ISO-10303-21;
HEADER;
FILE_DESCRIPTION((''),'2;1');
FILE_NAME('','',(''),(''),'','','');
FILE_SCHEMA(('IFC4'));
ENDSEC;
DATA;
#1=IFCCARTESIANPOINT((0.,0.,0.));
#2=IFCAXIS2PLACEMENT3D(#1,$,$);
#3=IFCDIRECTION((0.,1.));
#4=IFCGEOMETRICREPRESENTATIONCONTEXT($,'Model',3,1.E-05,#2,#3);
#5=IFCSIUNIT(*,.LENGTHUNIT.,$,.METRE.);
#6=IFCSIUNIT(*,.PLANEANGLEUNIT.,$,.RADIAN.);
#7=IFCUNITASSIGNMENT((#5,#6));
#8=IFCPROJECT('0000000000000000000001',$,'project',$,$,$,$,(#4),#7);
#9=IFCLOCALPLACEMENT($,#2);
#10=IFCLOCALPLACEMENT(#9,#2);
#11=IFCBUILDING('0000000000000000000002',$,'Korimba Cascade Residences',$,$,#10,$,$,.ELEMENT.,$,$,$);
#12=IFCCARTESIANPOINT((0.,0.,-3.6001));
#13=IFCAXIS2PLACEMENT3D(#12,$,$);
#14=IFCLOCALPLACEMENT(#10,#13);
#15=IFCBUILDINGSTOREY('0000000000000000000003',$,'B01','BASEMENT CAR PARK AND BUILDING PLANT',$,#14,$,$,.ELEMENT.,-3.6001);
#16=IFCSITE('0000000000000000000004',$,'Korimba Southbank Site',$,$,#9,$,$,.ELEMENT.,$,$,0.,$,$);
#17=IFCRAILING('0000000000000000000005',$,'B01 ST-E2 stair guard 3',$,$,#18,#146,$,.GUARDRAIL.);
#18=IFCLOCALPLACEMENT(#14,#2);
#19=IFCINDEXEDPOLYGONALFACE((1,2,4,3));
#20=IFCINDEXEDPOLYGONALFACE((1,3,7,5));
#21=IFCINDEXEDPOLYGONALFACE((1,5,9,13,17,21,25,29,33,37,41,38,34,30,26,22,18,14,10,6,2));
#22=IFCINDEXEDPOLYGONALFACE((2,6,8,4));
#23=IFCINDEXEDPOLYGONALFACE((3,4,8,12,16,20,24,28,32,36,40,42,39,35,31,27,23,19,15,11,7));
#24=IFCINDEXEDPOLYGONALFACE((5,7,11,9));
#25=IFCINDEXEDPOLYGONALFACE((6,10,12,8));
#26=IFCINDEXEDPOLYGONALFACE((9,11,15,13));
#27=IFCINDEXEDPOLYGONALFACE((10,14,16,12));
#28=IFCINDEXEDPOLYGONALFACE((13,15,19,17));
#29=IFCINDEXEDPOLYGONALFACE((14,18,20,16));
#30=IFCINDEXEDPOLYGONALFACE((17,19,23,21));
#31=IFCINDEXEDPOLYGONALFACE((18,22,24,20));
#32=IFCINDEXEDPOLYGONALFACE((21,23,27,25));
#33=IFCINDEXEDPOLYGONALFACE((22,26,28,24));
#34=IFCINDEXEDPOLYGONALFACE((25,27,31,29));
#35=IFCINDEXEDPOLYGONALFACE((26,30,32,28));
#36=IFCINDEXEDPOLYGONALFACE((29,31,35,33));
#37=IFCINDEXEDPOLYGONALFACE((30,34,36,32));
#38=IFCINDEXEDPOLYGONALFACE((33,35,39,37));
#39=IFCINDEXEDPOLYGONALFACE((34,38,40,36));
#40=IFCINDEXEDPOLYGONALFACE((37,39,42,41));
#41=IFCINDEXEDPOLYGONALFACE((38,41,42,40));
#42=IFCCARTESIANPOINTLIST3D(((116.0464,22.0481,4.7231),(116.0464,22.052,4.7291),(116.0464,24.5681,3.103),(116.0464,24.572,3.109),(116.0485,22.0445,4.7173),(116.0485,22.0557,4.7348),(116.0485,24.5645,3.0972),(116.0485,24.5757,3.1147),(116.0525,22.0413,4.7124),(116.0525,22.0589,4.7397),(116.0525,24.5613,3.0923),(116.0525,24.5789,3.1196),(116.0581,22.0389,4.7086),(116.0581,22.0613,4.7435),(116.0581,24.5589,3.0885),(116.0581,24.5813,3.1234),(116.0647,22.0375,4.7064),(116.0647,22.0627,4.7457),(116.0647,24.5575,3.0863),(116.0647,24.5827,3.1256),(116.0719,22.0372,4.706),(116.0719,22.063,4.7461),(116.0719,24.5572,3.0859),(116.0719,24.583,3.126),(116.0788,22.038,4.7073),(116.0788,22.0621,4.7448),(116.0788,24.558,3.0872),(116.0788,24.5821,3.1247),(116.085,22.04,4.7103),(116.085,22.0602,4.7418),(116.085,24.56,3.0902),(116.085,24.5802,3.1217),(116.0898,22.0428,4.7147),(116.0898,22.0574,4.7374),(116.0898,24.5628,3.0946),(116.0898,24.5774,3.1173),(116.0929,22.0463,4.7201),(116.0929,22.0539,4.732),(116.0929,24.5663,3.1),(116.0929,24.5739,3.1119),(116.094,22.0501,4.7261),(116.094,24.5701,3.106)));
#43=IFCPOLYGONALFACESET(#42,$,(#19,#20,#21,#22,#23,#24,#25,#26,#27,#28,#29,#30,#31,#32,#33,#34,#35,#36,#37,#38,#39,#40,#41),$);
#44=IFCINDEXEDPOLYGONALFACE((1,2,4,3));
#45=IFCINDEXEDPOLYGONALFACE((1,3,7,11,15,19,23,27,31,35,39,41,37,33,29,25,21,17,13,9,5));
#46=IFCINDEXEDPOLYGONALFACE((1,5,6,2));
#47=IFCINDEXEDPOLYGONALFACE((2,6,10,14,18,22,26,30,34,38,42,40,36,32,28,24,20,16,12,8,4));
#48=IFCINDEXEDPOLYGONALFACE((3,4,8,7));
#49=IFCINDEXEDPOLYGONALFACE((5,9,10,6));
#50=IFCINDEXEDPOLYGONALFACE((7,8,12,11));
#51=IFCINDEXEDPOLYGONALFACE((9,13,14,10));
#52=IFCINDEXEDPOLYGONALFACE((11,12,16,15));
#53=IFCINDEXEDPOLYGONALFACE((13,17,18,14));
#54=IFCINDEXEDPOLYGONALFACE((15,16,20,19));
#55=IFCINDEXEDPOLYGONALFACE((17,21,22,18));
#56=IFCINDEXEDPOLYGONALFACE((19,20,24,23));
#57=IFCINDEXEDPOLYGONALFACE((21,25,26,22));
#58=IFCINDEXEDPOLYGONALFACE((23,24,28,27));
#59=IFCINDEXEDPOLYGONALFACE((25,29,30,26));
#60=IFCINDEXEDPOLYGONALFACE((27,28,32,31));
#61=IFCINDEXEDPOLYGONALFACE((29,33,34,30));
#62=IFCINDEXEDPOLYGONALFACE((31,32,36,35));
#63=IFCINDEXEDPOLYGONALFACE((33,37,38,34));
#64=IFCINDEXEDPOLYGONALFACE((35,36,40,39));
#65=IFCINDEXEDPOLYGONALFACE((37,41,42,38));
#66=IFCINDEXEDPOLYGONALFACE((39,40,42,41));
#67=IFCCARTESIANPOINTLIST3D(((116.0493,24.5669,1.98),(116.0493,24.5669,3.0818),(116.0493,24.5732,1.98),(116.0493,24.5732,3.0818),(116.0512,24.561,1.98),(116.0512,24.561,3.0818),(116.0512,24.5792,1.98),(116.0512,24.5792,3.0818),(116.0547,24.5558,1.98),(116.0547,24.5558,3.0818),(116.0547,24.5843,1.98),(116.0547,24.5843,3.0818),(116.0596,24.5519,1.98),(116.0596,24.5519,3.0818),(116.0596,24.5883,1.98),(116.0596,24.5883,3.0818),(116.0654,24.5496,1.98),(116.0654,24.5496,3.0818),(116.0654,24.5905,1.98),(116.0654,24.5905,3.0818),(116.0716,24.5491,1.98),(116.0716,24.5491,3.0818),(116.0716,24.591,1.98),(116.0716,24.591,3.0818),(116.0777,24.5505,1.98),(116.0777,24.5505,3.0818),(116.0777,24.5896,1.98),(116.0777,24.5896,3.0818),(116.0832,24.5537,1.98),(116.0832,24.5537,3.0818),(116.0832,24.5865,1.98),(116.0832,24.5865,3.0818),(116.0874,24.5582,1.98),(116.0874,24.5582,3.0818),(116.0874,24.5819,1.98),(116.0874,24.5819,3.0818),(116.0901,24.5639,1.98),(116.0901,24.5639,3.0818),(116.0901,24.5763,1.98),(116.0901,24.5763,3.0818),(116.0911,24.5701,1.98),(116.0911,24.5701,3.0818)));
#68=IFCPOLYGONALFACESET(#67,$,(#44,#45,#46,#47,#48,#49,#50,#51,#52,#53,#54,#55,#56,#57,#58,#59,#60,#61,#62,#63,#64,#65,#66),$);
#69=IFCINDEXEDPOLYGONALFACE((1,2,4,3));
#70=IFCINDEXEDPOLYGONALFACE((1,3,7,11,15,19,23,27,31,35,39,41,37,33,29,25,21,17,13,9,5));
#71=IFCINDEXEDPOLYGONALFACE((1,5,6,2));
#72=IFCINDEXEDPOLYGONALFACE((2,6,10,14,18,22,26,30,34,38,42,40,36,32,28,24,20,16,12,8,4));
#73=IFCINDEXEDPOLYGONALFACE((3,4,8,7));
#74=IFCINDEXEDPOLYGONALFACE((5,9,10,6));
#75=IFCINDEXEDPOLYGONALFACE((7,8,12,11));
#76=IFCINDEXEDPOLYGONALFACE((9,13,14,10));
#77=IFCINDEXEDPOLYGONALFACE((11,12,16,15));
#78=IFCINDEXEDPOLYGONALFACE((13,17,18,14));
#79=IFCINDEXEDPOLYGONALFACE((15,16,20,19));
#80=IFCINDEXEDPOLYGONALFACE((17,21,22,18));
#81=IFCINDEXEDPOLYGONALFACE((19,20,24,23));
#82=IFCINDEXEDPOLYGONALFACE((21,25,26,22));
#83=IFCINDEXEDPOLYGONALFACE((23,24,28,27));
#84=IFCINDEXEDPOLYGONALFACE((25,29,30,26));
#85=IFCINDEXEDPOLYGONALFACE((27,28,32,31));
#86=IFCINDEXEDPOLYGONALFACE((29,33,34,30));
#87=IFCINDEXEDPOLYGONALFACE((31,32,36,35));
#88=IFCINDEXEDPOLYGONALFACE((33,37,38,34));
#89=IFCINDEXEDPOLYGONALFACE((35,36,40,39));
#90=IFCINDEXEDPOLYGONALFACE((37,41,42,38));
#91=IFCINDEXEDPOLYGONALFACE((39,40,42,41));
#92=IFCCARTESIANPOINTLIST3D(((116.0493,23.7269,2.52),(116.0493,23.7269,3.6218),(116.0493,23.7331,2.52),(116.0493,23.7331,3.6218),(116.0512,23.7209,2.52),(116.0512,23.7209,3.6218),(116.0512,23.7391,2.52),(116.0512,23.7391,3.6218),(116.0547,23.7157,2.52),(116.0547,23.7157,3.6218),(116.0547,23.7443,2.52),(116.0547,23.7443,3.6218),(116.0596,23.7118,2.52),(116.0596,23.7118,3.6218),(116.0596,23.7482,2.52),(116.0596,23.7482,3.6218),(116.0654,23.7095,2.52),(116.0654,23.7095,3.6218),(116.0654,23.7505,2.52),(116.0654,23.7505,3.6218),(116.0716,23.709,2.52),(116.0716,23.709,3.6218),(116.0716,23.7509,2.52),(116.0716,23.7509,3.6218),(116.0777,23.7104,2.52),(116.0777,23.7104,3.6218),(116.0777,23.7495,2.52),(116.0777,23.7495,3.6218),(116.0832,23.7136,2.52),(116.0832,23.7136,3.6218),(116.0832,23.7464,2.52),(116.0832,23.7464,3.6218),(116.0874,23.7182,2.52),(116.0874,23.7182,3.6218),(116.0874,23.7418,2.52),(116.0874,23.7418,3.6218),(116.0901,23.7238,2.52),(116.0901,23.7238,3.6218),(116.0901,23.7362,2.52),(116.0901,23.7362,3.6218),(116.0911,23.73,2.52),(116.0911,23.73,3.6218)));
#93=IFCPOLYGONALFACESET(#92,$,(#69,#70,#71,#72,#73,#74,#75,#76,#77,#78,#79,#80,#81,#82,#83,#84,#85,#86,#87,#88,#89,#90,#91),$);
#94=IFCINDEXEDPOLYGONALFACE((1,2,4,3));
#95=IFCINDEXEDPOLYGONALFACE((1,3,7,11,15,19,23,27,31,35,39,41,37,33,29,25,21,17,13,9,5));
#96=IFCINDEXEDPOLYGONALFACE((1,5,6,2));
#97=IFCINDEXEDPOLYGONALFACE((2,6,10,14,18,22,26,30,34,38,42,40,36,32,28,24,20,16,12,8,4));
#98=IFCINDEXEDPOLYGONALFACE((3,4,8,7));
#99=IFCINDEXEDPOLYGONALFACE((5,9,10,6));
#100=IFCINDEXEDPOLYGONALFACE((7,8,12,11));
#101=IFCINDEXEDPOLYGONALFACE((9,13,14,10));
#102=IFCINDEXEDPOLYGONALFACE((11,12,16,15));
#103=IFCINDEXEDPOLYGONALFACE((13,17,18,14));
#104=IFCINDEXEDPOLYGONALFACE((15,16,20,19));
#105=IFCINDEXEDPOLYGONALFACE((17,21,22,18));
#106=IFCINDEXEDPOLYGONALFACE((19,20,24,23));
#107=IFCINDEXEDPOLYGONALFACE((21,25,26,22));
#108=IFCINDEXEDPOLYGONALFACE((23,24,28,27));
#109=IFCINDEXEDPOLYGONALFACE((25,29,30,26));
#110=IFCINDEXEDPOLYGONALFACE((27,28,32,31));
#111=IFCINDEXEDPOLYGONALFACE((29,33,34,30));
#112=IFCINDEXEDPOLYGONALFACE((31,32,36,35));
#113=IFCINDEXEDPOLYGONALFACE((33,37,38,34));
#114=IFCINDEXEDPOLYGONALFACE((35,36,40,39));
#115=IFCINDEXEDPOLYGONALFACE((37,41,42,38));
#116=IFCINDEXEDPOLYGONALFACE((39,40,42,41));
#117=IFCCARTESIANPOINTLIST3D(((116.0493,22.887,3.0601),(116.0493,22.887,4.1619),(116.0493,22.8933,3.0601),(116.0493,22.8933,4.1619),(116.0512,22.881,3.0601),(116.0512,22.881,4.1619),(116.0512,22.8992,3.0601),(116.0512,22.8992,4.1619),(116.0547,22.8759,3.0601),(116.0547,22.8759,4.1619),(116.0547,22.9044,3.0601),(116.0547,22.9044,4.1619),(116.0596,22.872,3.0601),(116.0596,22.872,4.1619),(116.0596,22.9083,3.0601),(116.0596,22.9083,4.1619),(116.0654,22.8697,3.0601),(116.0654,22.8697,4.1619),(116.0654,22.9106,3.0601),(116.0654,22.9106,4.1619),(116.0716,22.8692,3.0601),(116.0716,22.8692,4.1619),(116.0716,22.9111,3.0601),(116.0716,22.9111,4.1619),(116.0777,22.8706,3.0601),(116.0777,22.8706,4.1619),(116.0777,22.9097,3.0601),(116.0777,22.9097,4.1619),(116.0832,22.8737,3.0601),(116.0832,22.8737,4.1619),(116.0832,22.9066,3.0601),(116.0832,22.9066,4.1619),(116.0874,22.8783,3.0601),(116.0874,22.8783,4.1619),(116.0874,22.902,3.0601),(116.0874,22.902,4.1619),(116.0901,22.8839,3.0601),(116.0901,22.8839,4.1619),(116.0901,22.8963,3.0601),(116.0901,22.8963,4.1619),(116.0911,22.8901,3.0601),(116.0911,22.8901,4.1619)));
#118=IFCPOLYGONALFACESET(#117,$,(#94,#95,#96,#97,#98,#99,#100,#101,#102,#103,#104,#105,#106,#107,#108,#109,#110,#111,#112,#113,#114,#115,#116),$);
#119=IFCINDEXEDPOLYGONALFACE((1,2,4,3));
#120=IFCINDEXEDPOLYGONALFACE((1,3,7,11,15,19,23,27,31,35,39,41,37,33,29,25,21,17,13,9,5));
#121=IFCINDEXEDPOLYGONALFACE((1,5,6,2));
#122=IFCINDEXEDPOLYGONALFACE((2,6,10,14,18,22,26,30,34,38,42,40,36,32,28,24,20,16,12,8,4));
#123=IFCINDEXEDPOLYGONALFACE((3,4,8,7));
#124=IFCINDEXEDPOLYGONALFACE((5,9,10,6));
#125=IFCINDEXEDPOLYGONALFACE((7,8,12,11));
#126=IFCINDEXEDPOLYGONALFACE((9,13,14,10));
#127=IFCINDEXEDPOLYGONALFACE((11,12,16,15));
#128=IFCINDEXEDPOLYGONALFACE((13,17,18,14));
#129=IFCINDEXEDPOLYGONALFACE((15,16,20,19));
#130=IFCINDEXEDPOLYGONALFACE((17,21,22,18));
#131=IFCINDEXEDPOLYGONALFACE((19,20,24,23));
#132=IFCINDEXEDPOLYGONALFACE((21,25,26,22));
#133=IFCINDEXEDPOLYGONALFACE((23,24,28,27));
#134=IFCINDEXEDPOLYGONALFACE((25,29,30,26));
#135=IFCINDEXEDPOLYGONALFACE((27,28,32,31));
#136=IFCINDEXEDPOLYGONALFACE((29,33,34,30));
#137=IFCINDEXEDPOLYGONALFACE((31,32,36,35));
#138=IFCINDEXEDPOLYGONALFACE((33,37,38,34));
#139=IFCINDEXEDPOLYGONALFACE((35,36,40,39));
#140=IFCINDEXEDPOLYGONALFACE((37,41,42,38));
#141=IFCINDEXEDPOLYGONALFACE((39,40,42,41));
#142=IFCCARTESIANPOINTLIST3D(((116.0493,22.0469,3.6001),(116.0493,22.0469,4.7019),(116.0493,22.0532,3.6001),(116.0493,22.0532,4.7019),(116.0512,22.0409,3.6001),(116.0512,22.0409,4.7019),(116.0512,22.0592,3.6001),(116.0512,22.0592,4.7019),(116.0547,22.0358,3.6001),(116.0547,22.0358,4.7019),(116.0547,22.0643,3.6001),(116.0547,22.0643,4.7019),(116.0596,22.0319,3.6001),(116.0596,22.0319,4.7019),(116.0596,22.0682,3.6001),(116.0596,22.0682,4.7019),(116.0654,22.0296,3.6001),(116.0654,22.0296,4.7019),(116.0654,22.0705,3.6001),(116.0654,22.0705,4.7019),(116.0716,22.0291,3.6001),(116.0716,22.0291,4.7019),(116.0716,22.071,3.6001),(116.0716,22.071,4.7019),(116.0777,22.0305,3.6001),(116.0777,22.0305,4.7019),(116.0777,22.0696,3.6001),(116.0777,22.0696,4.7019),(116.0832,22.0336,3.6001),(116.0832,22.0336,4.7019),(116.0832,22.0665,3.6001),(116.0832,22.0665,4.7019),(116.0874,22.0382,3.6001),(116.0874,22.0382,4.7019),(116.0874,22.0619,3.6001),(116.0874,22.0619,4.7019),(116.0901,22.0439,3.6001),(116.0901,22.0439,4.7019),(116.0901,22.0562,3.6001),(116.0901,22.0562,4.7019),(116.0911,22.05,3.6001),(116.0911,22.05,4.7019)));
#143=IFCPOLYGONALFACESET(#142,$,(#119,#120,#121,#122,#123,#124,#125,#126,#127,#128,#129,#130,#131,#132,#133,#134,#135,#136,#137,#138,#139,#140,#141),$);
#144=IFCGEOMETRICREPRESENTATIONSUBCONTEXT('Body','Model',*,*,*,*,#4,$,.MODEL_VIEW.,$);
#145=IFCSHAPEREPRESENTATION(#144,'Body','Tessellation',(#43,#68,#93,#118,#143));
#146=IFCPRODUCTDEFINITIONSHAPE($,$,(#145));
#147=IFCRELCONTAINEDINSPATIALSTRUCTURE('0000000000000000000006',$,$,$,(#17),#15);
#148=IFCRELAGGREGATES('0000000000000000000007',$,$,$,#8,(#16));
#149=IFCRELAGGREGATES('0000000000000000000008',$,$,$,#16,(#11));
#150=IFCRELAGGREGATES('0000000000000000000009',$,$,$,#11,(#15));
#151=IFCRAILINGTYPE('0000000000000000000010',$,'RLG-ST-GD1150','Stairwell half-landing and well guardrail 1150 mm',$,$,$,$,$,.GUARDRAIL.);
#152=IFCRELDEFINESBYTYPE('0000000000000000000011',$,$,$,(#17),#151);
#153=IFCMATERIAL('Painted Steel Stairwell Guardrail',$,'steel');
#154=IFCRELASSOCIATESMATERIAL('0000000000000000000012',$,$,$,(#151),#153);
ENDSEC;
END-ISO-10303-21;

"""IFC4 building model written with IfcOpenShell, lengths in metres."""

from ifc_helpers import new_model, si_unit, direction, frame, origin, origin_2d, place, context, subcontext, project, spatial, circle, extrude, material, type_object, element, save


model = new_model("IFC4")

# Units and contexts
model_context = context("Model", 3, precision=1e-05, world=origin(), true_north=direction((0.0, 1.0)))
body_context = subcontext(model_context, "Body", "Model", "MODEL_VIEW")
ifc_project = project(units=[si_unit("LENGTHUNIT", "METRE"), si_unit("PLANEANGLEUNIT", "RADIAN")], contexts=[model_context])

# Site, building, storey
site_placement = place(None, origin())
site = spatial("IfcSite", under=ifc_project, at=site_placement, Name="Korimba Southbank Site", CompositionType="ELEMENT", RefElevation=0.0)
building_placement = place(site_placement, origin())
building = spatial("IfcBuilding", under=site, at=building_placement, Name="Korimba Cascade Residences", CompositionType="ELEMENT")
storey_placement = place(building_placement, frame((0.0, 0.0, -3.6001)))
storey = spatial("IfcBuildingStorey", under=building, at=storey_placement, Name="B01", Description="BASEMENT CAR PARK AND BUILDING PLANT", CompositionType="ELEMENT", Elevation=-3.6001)

# Railing
ifc_material_1 = material(Name="Painted Steel Stairwell Guardrail", Category="steel")
railing_type_1 = type_object("IfcRailingType", Name="RLG-ST-GD1150", Description="Stairwell half-landing and well guardrail 1150 mm", PredefinedType="GUARDRAIL", material=ifc_material_1)
railing_1_placement = place(storey_placement, frame((116.0701, 24.5701, 1.98)))
element("IfcRailing", 1, at=railing_1_placement, inside=storey, type_object=railing_type_1, Name="B01 ST-E2 stair guard 3", PredefinedType="GUARDRAIL", context=body_context, shape_type="SweptSolid", body=[
    extrude(circle(Radius=0.0239, at=origin_2d()), frame((0.0, 0.0, 1.126), z_axis=(0.0, -0.841163, 0.540782), x_axis=(1.0, 0.0, 0.0)), (0.0, 0.0, 1.0), 2.9958),
    extrude(circle(Radius=0.021, at=origin_2d()), origin(), (0.0, 0.0, 1.0), 1.1018),
    extrude(circle(Radius=0.021, at=origin_2d()), frame((0.0, -0.8401, 0.54)), (0.0, 0.0, 1.0), 1.1018),
    extrude(circle(Radius=0.021, at=origin_2d()), frame((0.0, -1.6799, 1.0801)), (0.0, 0.0, 1.0), 1.1018),
    extrude(circle(Radius=0.021, at=origin_2d()), frame((0.0, -2.52, 1.6201)), (0.0, 0.0, 1.0), 1.1018),
])

save(model, "model.ifc")
